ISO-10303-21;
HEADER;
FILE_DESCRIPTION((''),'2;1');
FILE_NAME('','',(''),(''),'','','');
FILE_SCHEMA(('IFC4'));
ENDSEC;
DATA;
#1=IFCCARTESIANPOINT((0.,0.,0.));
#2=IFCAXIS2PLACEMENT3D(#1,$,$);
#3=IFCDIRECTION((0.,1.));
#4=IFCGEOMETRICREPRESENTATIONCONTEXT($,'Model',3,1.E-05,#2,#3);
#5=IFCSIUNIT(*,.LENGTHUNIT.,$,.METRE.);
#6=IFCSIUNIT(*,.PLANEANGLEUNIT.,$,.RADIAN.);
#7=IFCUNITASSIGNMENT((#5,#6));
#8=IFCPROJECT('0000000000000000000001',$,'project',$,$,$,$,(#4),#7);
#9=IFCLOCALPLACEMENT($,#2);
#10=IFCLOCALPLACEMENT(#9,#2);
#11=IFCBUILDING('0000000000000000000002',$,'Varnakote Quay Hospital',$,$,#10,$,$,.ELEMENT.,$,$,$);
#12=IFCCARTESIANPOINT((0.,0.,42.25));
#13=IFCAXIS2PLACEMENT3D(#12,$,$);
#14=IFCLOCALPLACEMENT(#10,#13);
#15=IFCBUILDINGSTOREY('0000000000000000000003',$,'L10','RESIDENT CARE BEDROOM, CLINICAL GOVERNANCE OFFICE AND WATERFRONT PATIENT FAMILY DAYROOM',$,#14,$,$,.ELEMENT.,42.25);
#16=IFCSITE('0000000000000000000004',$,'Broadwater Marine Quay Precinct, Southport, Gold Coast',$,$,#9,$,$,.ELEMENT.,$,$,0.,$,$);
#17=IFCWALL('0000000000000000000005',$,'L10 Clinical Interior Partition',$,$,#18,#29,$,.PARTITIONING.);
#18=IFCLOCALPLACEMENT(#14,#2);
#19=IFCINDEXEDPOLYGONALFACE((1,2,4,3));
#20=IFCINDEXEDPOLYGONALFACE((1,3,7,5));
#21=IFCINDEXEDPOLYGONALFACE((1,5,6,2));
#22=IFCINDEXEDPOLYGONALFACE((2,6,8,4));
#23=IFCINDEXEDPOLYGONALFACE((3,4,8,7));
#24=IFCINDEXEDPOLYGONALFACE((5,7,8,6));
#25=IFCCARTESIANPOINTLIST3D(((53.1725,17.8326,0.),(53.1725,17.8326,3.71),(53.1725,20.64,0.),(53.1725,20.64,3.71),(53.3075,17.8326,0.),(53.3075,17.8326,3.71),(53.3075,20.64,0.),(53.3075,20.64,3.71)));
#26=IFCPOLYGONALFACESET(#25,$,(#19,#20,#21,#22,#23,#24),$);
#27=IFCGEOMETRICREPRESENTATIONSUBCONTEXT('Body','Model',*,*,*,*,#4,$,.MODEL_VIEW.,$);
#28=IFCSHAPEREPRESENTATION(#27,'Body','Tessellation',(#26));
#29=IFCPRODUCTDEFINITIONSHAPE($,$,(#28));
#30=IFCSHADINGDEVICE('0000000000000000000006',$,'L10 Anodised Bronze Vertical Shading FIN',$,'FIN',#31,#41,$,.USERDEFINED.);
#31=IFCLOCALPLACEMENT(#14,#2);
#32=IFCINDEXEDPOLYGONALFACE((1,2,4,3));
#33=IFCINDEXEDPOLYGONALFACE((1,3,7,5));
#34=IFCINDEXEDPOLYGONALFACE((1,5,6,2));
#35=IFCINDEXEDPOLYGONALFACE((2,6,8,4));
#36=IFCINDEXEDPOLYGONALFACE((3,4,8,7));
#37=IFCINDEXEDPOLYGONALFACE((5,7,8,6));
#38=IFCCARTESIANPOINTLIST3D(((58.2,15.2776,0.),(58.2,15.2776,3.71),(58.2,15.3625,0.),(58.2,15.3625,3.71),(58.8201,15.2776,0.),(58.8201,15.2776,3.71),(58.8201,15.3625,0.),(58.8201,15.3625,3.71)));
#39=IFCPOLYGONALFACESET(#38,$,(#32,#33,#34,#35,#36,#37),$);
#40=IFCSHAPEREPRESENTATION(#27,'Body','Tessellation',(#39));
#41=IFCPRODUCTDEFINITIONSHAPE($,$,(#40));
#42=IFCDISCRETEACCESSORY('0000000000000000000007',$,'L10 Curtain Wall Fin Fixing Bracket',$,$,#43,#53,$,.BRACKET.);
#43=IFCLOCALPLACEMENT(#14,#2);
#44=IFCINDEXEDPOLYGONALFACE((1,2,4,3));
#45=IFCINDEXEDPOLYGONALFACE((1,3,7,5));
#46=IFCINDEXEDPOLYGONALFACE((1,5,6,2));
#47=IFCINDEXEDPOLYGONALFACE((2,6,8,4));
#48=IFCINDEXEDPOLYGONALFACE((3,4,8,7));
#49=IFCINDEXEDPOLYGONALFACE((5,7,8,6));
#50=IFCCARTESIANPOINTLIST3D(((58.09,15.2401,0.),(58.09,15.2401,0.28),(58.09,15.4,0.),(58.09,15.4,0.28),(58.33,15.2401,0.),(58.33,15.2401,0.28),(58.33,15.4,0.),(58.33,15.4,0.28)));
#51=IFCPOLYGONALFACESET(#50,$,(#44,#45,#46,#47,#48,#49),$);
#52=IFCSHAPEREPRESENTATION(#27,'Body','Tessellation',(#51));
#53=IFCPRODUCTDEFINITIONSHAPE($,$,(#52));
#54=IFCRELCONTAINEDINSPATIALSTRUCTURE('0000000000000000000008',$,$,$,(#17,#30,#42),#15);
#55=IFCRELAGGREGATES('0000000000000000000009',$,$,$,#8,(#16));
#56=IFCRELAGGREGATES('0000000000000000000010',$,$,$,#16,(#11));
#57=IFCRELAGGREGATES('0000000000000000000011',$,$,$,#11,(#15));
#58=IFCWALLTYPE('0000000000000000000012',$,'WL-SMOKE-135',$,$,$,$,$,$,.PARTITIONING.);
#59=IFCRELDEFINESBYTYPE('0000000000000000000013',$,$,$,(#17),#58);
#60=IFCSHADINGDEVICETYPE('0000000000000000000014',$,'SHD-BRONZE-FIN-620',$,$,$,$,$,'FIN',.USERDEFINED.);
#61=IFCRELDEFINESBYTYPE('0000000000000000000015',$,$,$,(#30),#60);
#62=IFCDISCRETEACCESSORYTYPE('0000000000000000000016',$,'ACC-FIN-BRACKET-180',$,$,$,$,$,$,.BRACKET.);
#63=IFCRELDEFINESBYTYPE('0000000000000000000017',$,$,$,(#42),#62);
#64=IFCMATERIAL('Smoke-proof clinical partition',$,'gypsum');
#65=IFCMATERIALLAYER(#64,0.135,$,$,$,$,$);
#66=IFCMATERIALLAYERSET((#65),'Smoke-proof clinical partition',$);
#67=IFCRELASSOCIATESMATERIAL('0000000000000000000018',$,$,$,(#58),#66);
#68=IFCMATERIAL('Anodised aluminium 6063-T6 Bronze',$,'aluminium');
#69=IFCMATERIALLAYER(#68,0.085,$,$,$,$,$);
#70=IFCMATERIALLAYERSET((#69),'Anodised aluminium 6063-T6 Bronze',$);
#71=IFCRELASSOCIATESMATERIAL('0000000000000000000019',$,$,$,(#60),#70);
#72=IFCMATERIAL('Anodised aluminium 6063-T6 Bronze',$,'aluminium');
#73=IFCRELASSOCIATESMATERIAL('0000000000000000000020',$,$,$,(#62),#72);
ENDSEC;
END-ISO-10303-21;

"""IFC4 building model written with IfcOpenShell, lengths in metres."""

from ifc_helpers import new_model, si_unit, direction, frame, frame_2d, origin, origin_2d, place, context, subcontext, project, spatial, rectangle, extrude, material, layer, layer_set, type_object, element, save


model = new_model("IFC4")

# Units and contexts
model_context = context("Model", 3, precision=1e-05, world=origin(), true_north=direction((0.0, 1.0)))
body_context = subcontext(model_context, "Body", "Model", "MODEL_VIEW")
ifc_project = project(units=[si_unit("LENGTHUNIT", "METRE"), si_unit("PLANEANGLEUNIT", "RADIAN")], contexts=[model_context])

# Site, building, storey
site_placement = place(None, origin())
site = spatial("IfcSite", under=ifc_project, at=site_placement, Name="Broadwater Marine Quay Precinct, Southport, Gold Coast", CompositionType="ELEMENT", RefElevation=0.0)
building_placement = place(site_placement, origin())
building = spatial("IfcBuilding", under=site, at=building_placement, Name="Varnakote Quay Hospital", CompositionType="ELEMENT")
storey_placement = place(building_placement, frame((0.0, 0.0, 42.25)))
storey = spatial("IfcBuildingStorey", under=building, at=storey_placement, Name="L10", Description="RESIDENT CARE BEDROOM, CLINICAL GOVERNANCE OFFICE AND WATERFRONT PATIENT FAMILY DAYROOM", CompositionType="ELEMENT", Elevation=42.25)

# Wall
ifc_material_1 = material(Name="Smoke-proof clinical partition", Category="gypsum")
ifc_layer_1 = layer(ifc_material_1, 0.135)
ifc_layer_set_1 = layer_set([ifc_layer_1], Name="Smoke-proof clinical partition")
wall_type_1 = type_object("IfcWallType", Name="WL-SMOKE-135", PredefinedType="PARTITIONING", material=ifc_layer_set_1)
for number, where, z_axis, x_axis, name in (
    (1, (53.24, 17.8325, 0.0), (0.0, 0.0, 1.0), (0.0, 1.0, 0.0), "L10 Clinical Interior Partition"),
):
    element("IfcWall", number, at=place(storey_placement, frame(where, z_axis=z_axis, x_axis=x_axis)), inside=storey, type_object=wall_type_1, Name=name, PredefinedType="PARTITIONING", context=body_context, shape_type="SweptSolid", body=[
        extrude(rectangle(XDim=2.8074, YDim=0.135, at=frame_2d((1.4038, 0.0))), origin(), (0.0, 0.0, 1.0), 3.71),
    ])

# Shading device
ifc_material_2 = material(Name="Anodised aluminium 6063-T6 Bronze", Category="aluminium")
ifc_layer_2 = layer(ifc_material_2, 0.085)
ifc_layer_set_2 = layer_set([ifc_layer_2], Name="Anodised aluminium 6063-T6 Bronze")
shading_device_type = type_object("IfcShadingDeviceType", Name="SHD-BRONZE-FIN-620", ElementType="FIN", PredefinedType="USERDEFINED", material=ifc_layer_set_2)
shading_device_placement = place(storey_placement, frame((58.51, 15.3201, 0.0), z_axis=(0.0, 0.0, 1.0), x_axis=(-1.0, 0.0, 0.0)))
element("IfcShadingDevice", 2, at=shading_device_placement, inside=storey, type_object=shading_device_type, Name="L10 Anodised Bronze Vertical Shading FIN", ObjectType="FIN", PredefinedType="USERDEFINED", context=body_context, shape_type="SweptSolid", body=[
    extrude(rectangle(XDim=0.6201, YDim=0.085, at=origin_2d()), origin(), (0.0, 0.0, 1.0), 3.71),
])

# Discrete accessory
ifc_material_3 = material(Name="Anodised aluminium 6063-T6 Bronze", Category="aluminium")
discrete_accessory_type = type_object("IfcDiscreteAccessoryType", Name="ACC-FIN-BRACKET-180", PredefinedType="BRACKET", material=ifc_material_3)
discrete_accessory_placement = place(storey_placement, frame((58.21, 15.3201, 0.0), z_axis=(0.0, 0.0, 1.0), x_axis=(0.0, 1.0, 0.0)))
element("IfcDiscreteAccessory", 3, at=discrete_accessory_placement, inside=storey, type_object=discrete_accessory_type, Name="L10 Curtain Wall Fin Fixing Bracket", PredefinedType="BRACKET", context=body_context, shape_type="SweptSolid", body=[
    extrude(rectangle(XDim=0.1599, YDim=0.24, at=origin_2d()), origin(), (0.0, 0.0, 1.0), 0.28),
])

save(model, "model.ifc")
